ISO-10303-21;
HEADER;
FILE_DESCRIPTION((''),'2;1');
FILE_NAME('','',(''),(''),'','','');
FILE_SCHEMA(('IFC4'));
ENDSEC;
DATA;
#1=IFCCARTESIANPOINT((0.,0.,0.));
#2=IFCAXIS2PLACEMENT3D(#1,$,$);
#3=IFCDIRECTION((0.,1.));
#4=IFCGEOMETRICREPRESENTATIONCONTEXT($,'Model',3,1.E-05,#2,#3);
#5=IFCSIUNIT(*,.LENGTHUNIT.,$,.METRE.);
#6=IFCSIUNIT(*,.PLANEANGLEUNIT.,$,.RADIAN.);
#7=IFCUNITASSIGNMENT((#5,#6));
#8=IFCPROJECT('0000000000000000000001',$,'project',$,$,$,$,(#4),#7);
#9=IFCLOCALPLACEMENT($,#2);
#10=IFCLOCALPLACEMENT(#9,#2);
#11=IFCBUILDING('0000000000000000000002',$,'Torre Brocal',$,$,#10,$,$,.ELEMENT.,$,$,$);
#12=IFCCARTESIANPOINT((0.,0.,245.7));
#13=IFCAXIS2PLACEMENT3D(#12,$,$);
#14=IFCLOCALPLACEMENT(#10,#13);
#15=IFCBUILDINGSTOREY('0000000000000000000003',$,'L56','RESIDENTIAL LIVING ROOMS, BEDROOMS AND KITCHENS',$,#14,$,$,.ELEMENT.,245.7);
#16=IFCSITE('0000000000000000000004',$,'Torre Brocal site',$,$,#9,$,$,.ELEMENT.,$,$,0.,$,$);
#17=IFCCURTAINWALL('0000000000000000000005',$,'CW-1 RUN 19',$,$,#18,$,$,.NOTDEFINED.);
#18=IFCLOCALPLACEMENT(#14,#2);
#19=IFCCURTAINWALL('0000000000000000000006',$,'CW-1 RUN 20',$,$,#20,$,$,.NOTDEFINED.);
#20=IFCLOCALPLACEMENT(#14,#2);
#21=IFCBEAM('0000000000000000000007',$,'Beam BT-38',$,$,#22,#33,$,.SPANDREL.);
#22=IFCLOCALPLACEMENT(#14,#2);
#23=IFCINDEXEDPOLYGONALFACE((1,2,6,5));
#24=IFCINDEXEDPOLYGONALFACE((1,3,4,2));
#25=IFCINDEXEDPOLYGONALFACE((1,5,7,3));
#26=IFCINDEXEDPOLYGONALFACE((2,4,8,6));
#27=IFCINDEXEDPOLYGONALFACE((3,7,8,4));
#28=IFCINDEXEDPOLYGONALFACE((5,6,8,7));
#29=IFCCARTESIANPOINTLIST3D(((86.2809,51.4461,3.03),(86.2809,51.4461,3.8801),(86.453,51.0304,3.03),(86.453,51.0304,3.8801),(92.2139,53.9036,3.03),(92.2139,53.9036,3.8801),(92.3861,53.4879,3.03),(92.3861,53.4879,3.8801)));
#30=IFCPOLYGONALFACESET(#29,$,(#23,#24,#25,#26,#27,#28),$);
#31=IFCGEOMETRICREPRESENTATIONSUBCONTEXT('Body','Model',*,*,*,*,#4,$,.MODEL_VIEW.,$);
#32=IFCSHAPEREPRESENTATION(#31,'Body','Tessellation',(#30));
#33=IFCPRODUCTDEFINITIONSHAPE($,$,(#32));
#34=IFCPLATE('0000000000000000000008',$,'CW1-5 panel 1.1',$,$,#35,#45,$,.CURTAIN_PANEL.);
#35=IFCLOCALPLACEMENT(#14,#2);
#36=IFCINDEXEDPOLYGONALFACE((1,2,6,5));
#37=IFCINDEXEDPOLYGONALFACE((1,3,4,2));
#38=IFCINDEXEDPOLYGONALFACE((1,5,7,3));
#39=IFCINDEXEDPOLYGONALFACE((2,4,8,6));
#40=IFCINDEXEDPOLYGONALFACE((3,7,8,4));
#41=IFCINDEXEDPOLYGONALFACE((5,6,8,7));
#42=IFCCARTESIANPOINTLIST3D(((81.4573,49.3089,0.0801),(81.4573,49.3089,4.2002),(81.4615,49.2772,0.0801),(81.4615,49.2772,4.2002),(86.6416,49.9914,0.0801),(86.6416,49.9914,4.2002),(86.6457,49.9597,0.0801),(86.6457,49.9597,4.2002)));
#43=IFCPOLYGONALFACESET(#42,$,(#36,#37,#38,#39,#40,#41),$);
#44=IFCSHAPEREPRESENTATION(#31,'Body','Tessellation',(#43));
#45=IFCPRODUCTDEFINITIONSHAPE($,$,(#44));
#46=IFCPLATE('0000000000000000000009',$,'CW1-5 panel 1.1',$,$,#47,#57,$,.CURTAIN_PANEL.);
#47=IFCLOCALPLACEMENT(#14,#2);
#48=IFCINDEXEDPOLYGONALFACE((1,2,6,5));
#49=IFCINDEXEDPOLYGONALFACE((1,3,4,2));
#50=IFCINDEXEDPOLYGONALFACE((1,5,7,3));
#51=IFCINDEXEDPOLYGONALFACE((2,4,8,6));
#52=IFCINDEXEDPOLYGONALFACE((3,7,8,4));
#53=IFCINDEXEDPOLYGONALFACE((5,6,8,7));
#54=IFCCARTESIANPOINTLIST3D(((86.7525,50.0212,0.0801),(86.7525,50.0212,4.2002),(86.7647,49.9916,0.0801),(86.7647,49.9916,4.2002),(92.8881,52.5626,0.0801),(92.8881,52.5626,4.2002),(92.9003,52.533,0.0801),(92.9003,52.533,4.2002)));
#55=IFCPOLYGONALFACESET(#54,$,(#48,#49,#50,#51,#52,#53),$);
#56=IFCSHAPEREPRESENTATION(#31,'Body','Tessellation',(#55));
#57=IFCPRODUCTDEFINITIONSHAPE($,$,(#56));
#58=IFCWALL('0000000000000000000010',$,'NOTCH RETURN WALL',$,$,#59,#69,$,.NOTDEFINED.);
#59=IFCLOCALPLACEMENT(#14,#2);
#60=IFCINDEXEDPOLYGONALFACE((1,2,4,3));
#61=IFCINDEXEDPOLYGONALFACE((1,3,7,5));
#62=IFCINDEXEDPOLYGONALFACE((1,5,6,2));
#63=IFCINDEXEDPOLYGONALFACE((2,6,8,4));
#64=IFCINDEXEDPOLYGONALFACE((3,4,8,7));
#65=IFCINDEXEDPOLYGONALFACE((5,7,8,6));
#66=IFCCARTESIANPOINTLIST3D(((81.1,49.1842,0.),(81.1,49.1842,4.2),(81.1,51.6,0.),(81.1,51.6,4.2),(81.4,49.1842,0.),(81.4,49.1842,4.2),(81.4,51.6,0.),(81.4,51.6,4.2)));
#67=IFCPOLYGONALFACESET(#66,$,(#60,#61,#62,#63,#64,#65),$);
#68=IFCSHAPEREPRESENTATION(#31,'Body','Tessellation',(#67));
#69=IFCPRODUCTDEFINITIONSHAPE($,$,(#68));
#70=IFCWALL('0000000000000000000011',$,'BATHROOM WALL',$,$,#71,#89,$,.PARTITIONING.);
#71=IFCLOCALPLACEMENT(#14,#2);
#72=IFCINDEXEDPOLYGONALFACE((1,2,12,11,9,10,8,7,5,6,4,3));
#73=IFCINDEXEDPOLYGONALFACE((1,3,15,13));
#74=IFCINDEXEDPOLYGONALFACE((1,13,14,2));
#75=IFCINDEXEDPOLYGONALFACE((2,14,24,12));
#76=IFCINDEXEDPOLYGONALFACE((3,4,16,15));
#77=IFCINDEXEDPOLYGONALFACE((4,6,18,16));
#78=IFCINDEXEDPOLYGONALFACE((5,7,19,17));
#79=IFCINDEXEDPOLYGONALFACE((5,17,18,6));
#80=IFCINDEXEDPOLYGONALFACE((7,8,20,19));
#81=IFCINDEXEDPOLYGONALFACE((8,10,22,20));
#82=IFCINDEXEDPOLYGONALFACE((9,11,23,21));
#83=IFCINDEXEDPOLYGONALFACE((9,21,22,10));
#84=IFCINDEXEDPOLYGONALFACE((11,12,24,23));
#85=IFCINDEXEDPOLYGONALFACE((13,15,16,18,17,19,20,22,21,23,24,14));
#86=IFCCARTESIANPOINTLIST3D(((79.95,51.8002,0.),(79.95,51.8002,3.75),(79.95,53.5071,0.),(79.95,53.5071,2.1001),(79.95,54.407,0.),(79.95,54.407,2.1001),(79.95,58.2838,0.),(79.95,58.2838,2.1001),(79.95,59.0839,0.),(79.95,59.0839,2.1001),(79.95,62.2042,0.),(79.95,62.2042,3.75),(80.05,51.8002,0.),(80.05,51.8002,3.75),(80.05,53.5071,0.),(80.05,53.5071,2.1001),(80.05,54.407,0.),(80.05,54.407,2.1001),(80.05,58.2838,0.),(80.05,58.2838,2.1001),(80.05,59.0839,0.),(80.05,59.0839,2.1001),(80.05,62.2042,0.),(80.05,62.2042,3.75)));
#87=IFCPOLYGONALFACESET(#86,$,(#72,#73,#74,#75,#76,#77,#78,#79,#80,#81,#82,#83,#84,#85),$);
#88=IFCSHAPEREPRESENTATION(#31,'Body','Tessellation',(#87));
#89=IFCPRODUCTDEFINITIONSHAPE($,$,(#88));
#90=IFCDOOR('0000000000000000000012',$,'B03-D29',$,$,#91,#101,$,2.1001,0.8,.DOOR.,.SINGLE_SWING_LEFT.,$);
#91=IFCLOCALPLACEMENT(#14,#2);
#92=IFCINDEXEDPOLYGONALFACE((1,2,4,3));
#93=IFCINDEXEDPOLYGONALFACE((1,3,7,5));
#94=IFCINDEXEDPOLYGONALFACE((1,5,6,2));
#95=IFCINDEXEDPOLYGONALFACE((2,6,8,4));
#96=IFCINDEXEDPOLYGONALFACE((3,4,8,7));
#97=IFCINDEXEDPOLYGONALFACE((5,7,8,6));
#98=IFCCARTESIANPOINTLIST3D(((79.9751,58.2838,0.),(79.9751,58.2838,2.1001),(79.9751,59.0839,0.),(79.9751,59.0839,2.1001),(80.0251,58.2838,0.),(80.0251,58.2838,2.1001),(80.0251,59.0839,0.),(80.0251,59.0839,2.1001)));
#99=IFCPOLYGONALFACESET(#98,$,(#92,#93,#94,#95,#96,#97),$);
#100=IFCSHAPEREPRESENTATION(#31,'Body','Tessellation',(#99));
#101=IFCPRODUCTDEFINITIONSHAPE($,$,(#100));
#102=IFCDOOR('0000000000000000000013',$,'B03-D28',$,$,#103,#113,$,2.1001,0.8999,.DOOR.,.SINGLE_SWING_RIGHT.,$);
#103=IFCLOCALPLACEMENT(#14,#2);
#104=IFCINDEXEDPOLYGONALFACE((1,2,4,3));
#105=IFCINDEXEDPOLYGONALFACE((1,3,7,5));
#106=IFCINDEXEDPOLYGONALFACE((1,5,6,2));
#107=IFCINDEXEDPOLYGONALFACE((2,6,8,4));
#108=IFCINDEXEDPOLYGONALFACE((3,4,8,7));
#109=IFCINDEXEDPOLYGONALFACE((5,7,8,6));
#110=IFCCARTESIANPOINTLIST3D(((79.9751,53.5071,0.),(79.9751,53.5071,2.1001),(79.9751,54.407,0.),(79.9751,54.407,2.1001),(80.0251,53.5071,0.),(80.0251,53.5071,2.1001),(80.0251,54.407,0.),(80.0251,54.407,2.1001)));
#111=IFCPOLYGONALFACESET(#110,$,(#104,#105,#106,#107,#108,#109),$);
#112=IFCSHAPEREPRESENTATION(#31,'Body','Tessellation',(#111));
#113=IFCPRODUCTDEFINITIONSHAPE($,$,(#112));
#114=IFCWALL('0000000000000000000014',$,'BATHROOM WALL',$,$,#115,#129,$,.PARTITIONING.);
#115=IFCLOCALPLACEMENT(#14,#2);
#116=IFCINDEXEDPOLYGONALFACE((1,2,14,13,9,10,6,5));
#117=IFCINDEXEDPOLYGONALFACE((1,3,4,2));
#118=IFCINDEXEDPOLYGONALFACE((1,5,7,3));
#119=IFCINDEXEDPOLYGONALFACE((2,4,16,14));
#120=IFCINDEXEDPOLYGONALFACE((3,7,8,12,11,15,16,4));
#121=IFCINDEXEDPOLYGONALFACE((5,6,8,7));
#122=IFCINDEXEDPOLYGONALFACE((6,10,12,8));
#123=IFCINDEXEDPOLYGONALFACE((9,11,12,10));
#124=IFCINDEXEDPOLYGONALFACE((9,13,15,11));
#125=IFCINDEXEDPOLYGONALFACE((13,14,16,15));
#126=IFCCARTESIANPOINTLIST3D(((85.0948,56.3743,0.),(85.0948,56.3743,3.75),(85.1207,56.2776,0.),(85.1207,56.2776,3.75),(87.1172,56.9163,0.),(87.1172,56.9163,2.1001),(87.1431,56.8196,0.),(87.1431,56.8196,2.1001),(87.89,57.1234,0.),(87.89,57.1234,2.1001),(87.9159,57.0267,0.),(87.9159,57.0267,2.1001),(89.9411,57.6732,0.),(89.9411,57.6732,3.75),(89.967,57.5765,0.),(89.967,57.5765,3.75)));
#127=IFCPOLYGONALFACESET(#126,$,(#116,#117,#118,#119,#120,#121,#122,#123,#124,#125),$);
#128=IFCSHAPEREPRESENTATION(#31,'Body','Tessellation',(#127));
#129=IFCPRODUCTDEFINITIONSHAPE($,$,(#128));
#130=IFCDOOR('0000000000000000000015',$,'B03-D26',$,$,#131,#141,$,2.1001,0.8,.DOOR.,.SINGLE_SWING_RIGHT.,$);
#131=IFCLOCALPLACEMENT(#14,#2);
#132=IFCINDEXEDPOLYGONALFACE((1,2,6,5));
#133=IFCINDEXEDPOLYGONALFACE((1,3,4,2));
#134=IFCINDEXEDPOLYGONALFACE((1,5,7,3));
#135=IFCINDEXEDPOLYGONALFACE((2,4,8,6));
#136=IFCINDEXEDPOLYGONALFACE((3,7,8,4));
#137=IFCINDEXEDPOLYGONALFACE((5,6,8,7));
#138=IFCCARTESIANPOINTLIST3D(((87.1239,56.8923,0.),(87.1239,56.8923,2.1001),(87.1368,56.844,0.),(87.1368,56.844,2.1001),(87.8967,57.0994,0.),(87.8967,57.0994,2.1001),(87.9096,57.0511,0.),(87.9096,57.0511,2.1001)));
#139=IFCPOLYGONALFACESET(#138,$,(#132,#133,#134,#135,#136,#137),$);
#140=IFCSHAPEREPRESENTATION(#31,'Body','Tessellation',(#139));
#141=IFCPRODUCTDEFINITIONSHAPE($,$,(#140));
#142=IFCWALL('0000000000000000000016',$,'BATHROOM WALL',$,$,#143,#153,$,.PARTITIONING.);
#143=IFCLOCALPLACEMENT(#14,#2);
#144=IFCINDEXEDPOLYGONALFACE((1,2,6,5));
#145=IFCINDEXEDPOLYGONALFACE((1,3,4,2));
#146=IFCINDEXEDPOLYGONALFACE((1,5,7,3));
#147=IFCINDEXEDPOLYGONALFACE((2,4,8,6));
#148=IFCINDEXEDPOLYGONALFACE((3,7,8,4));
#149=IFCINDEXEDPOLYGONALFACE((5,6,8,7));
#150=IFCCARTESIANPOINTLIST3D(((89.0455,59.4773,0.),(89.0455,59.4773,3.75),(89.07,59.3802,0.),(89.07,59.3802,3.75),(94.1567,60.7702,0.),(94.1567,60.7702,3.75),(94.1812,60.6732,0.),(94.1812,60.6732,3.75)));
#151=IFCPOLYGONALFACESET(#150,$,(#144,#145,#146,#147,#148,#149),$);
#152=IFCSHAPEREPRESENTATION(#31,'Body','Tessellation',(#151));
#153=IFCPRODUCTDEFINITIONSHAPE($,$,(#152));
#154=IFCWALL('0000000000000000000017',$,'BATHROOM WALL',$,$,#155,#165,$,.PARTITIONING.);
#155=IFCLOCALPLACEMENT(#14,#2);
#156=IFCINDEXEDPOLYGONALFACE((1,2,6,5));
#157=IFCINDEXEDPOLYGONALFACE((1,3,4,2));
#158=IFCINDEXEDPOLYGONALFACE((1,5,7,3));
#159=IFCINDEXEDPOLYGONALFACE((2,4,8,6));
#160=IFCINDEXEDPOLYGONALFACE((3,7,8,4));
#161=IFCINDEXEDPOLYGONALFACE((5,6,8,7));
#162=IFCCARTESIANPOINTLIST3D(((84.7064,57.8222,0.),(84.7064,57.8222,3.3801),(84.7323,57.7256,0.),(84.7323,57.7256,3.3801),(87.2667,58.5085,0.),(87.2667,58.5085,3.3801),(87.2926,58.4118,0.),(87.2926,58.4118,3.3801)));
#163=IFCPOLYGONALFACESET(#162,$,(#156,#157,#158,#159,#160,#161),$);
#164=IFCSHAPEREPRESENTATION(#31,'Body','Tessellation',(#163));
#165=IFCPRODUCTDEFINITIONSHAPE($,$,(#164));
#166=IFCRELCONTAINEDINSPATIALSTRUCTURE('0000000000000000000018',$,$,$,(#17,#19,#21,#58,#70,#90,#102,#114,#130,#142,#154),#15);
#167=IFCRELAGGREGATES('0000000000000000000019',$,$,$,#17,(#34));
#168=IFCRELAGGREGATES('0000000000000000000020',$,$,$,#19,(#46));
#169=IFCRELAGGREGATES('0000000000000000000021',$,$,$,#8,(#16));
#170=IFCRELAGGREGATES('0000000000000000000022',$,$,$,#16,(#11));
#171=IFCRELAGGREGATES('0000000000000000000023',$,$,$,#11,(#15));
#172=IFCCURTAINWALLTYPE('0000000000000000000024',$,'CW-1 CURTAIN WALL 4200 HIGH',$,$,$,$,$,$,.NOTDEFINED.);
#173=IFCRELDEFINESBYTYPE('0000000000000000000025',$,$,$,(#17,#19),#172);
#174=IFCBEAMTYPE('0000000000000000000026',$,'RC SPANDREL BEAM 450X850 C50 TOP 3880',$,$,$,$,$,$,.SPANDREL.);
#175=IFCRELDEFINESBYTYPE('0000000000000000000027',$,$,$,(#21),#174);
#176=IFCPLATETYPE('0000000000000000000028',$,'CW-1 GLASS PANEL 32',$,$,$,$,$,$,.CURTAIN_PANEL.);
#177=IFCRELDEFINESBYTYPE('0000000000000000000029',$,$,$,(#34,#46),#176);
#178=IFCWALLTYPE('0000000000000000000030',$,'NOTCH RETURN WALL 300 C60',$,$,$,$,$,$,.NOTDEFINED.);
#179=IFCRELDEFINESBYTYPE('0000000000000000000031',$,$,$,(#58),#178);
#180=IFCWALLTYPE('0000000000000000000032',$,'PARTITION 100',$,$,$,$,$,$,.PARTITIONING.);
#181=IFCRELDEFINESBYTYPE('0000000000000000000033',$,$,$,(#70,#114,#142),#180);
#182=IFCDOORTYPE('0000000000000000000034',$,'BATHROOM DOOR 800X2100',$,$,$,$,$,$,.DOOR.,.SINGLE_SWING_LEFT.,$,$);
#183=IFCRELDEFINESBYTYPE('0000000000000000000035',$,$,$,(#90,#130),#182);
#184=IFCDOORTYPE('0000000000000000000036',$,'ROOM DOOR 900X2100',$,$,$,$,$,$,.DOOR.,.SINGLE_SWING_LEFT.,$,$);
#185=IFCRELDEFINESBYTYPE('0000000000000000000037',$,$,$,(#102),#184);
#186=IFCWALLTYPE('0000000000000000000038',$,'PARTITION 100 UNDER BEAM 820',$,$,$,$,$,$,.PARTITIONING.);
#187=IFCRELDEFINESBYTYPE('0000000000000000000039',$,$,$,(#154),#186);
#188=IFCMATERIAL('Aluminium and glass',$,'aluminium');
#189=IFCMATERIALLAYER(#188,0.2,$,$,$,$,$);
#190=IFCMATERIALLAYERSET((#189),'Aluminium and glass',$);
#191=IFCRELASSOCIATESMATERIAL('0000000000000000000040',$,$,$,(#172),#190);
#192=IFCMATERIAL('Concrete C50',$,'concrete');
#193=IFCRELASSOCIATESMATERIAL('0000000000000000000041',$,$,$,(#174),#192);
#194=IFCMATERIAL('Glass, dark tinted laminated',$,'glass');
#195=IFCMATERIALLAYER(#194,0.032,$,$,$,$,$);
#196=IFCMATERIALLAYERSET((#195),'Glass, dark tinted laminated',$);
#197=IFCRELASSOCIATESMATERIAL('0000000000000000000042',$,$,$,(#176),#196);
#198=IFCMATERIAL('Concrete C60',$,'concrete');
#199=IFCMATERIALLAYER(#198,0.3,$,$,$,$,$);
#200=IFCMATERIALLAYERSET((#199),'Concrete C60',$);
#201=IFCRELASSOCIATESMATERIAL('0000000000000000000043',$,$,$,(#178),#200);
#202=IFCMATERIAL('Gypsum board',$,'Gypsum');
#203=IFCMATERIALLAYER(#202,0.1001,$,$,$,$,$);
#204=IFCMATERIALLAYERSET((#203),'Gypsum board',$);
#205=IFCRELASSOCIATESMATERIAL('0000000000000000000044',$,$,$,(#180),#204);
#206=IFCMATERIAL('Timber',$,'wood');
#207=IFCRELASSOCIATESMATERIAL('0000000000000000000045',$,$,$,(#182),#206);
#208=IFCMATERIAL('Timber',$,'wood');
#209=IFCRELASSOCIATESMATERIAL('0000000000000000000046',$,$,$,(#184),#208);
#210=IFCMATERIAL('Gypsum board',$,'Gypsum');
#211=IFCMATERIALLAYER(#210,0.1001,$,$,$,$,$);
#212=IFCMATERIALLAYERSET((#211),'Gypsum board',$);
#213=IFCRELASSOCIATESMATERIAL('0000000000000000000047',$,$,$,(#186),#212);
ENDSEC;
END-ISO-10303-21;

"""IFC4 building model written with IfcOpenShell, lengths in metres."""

from ifc_helpers import new_model, si_unit, direction, frame, frame_2d, origin, origin_2d, place, context, subcontext, project, spatial, rectangle, extrude, material, layer, layer_set, material_profile, profile_set, type_object, element, fill, aggregate, save


model = new_model("IFC4")

# Units and contexts
model_context = context("Model", 3, precision=1e-05, world=origin(), true_north=direction((0.0, 1.0)))
body_context = subcontext(model_context, "Body", "Model", "MODEL_VIEW")
ifc_project = project(units=[si_unit("LENGTHUNIT", "METRE"), si_unit("PLANEANGLEUNIT", "RADIAN")], contexts=[model_context])

# Site, building, storey
site_placement = place(None, origin())
site = spatial("IfcSite", under=ifc_project, at=site_placement, Name="Torre Brocal site", CompositionType="ELEMENT", RefElevation=0.0)
building_placement = place(site_placement, origin())
building = spatial("IfcBuilding", under=site, at=building_placement, Name="Torre Brocal", CompositionType="ELEMENT")
storey_placement = place(building_placement, frame((0.0, 0.0, 245.7)))
storey = spatial("IfcBuildingStorey", under=building, at=storey_placement, Name="L56", Description="RESIDENTIAL LIVING ROOMS, BEDROOMS AND KITCHENS", CompositionType="ELEMENT", Elevation=245.7)

# Curtain wall
ifc_material_1 = material(Name="Aluminium and glass", Category="aluminium")
ifc_layer_1 = layer(ifc_material_1, 0.2)
ifc_layer_set_1 = layer_set([ifc_layer_1], Name="Aluminium and glass")
curtain_wall_type = type_object("IfcCurtainWallType", Name="CW-1 CURTAIN WALL 4200 HIGH", PredefinedType="NOTDEFINED", material=ifc_layer_set_1)
curtain_wall_1_placement = place(storey_placement, origin())
curtain_wall_1 = element("IfcCurtainWall", 1, at=curtain_wall_1_placement, inside=storey, type_object=curtain_wall_type, Name="CW-1 RUN 19", PredefinedType="NOTDEFINED")

# Curtain wall
curtain_wall_2_placement = place(storey_placement, origin())
curtain_wall_2 = element("IfcCurtainWall", 2, at=curtain_wall_2_placement, inside=storey, type_object=curtain_wall_type, Name="CW-1 RUN 20", PredefinedType="NOTDEFINED")

# Beam
ifc_material_2 = material(Name="Concrete C50", Category="concrete")
ifc_material_profile_1 = material_profile(ifc_material_2, rectangle(XDim=0.45, YDim=0.8501, at=origin_2d()), Name="RC 450X850")
ifc_profile_set_1 = profile_set([ifc_material_profile_1], Name="Concrete C50")
beam_type_1 = type_object("IfcBeamType", Name="RC SPANDREL BEAM 450X850 C50 TOP 3880", PredefinedType="SPANDREL", material=ifc_profile_set_1)
beam_1_placement = place(storey_placement, frame((86.3669, 51.2383, 3.4551), z_axis=(0.923882, 0.382676, 0.0), x_axis=(-0.382676, 0.923882, 0.0)))
element("IfcBeam", 3, at=beam_1_placement, inside=storey, type_object=beam_type_1, Name="Beam BT-38", PredefinedType="SPANDREL", context=body_context, shape_type="SweptSolid", body=[
    extrude(rectangle(XDim=0.45, YDim=0.8501, at=origin_2d()), origin(), (0.0, 0.0, 1.0), 6.4219),
])

# Plates
ifc_material_3 = material(Name="Glass, dark tinted laminated", Category="glass")
ifc_layer_2 = layer(ifc_material_3, 0.032)
ifc_layer_set_2 = layer_set([ifc_layer_2], Name="Glass, dark tinted laminated")
plate_type = type_object("IfcPlateType", Name="CW-1 GLASS PANEL 32", PredefinedType="CURTAIN_PANEL", material=ifc_layer_set_2)
plate_1_placement = place(storey_placement, frame((84.0515, 49.6343, 0.0801), z_axis=(0.0, 0.0, 1.0), x_axis=(0.991445, 0.130526, 0.0)))
plate_1 = element("IfcPlate", 4, at=plate_1_placement, type_object=plate_type, Name="CW1-5 panel 1.1", PredefinedType="CURTAIN_PANEL", context=body_context, shape_type="SweptSolid", body=[
    extrude(rectangle(XDim=5.229, YDim=0.032, at=origin_2d()), origin(), (0.0, 0.0, 1.0), 4.1201),
])
aggregate(curtain_wall_1, [plate_1])
plate_2_placement = place(storey_placement, frame((89.8264, 51.2771, 0.0801), z_axis=(0.0, 0.0, 1.0), x_axis=(0.92388, 0.382683, 0.0)))
plate_2 = element("IfcPlate", 5, at=plate_2_placement, type_object=plate_type, Name="CW1-5 panel 1.1", PredefinedType="CURTAIN_PANEL", context=body_context, shape_type="SweptSolid", body=[
    extrude(rectangle(XDim=6.6411, YDim=0.032, at=origin_2d()), origin(), (0.0, 0.0, 1.0), 4.1201),
])
aggregate(curtain_wall_2, [plate_2])

# Wall
ifc_material_4 = material(Name="Concrete C60", Category="concrete")
ifc_layer_3 = layer(ifc_material_4, 0.3)
ifc_layer_set_3 = layer_set([ifc_layer_3], Name="Concrete C60")
wall_type_1 = type_object("IfcWallType", Name="NOTCH RETURN WALL 300 C60", PredefinedType="NOTDEFINED", material=ifc_layer_set_3)
wall_1_placement = place(storey_placement, frame((81.25, 51.6001, 0.0), z_axis=(0.0, 0.0, 1.0), x_axis=(0.0, -1.0, 0.0)))
element("IfcWall", 6, at=wall_1_placement, inside=storey, type_object=wall_type_1, Name="NOTCH RETURN WALL", PredefinedType="NOTDEFINED", context=body_context, shape_type="SweptSolid", body=[
    extrude(rectangle(XDim=2.4158, YDim=0.3, at=frame_2d((1.208, 0.0))), origin(), (0.0, 0.0, 1.0), 4.2),
])

# Wall, openings, doors
ifc_material_5 = material(Name="Gypsum board", Category="Gypsum")
ifc_layer_4 = layer(ifc_material_5, 0.1001)
ifc_layer_set_4 = layer_set([ifc_layer_4], Name="Gypsum board")
wall_type_2 = type_object("IfcWallType", Name="PARTITION 100", PredefinedType="PARTITIONING", material=ifc_layer_set_4)
wall_2_placement = place(storey_placement, frame((80.0, 51.8, 0.0), z_axis=(0.0, 0.0, 1.0), x_axis=(0.0, 1.0, 0.0)))
wall_2 = element("IfcWall", 7, at=wall_2_placement, inside=storey, type_object=wall_type_2, Name="BATHROOM WALL", PredefinedType="PARTITIONING", context=body_context, shape_type="SweptSolid", body=[
    extrude(rectangle(XDim=10.4041, YDim=0.1001, at=frame_2d((5.2021, 0.0))), origin(), (0.0, 0.0, 1.0), 3.75),
])
opening_1_placement = place(wall_2_placement, frame((1.707, 0.0, 0.0)))
opening_1 = element("IfcOpeningElement", 8, at=opening_1_placement, cuts=wall_2, PredefinedType="OPENING", context=body_context, shape_type="SweptSolid", body=[
    extrude(rectangle(XDim=0.8999, YDim=2.1001, at=frame_2d((0.45, 1.05))), frame((0.0, 0.0601, 0.0), z_axis=(0.0, -1.0, 0.0), x_axis=(1.0, 0.0, 0.0)), (0.0, 0.0, 1.0), 0.1201),
])
opening_2_placement = place(wall_2_placement, frame((6.4839, 0.0, 0.0)))
opening_2 = element("IfcOpeningElement", 9, at=opening_2_placement, cuts=wall_2, PredefinedType="OPENING", context=body_context, shape_type="SweptSolid", body=[
    extrude(rectangle(XDim=0.8, YDim=2.1001, at=frame_2d((0.3999, 1.05))), frame((0.0, 0.0601, 0.0), z_axis=(0.0, -1.0, 0.0), x_axis=(1.0, 0.0, 0.0)), (0.0, 0.0, 1.0), 0.1201),
])
ifc_material_6 = material(Name="Timber", Category="wood")
door_type_1 = type_object("IfcDoorType", Name="BATHROOM DOOR 800X2100", OperationType="SINGLE_SWING_LEFT", PredefinedType="DOOR", material=ifc_material_6)
door_1_placement = place(opening_2_placement, origin())
door_1 = element("IfcDoor", 10, at=door_1_placement, inside=storey, type_object=door_type_1, Name="B03-D29", OperationType="SINGLE_SWING_LEFT", OverallHeight=2.1001, OverallWidth=0.8, PredefinedType="DOOR", context=body_context, shape_type="SweptSolid", body=[
    extrude(rectangle(XDim=0.8, YDim=2.1001, at=frame_2d((0.3999, 1.05))), frame((0.0, 0.0249, 0.0), z_axis=(0.0, -1.0, 0.0), x_axis=(1.0, 0.0, 0.0)), (0.0, 0.0, 1.0), 0.05),
])
fill(opening_2, door_1)
ifc_material_7 = material(Name="Timber", Category="wood")
door_type_2 = type_object("IfcDoorType", Name="ROOM DOOR 900X2100", OperationType="SINGLE_SWING_LEFT", PredefinedType="DOOR", material=ifc_material_7)
door_2_placement = place(opening_1_placement, origin())
door_2 = element("IfcDoor", 11, at=door_2_placement, inside=storey, type_object=door_type_2, Name="B03-D28", OperationType="SINGLE_SWING_RIGHT", OverallHeight=2.1001, OverallWidth=0.8999, PredefinedType="DOOR", context=body_context, shape_type="SweptSolid", body=[
    extrude(rectangle(XDim=0.8999, YDim=2.1001, at=frame_2d((0.45, 1.05))), frame((0.0, 0.0249, 0.0), z_axis=(0.0, -1.0, 0.0), x_axis=(1.0, 0.0, 0.0)), (0.0, 0.0, 1.0), 0.05),
])
fill(opening_1, door_2)

# Wall, opening, door
wall_3_placement = place(storey_placement, frame((85.1077, 56.3259, 0.0), z_axis=(0.0, 0.0, 1.0), x_axis=(0.965911, 0.258874, 0.0)))
wall_3 = element("IfcWall", 12, at=wall_3_placement, inside=storey, type_object=wall_type_2, Name="BATHROOM WALL", PredefinedType="PARTITIONING", context=body_context, shape_type="SweptSolid", body=[
    extrude(rectangle(XDim=5.0173, YDim=0.1001, at=frame_2d((2.5088, 0.0))), origin(), (0.0, 0.0, 1.0), 3.75),
])
opening_3_placement = place(wall_3_placement, frame((2.094, 0.0, 0.0)))
opening_3 = element("IfcOpeningElement", 13, at=opening_3_placement, cuts=wall_3, PredefinedType="OPENING", context=body_context, shape_type="SweptSolid", body=[
    extrude(rectangle(XDim=0.8, YDim=2.1001, at=frame_2d((0.3999, 1.05))), frame((0.0, 0.0601, 0.0), z_axis=(0.0, -1.0, 0.0), x_axis=(1.0, 0.0, 0.0)), (0.0, 0.0, 1.0), 0.1201),
])
door_3_placement = place(opening_3_placement, frame((0.8, 0.0, 0.0), z_axis=(0.0, 0.0, 1.0), x_axis=(-1.0, 0.0, 0.0)))
door_3 = element("IfcDoor", 14, at=door_3_placement, inside=storey, type_object=door_type_1, Name="B03-D26", OperationType="SINGLE_SWING_RIGHT", OverallHeight=2.1001, OverallWidth=0.8, PredefinedType="DOOR", context=body_context, shape_type="SweptSolid", body=[
    extrude(rectangle(XDim=0.8, YDim=2.1001, at=frame_2d((0.3999, 1.05))), frame((0.0, 0.0249, 0.0), z_axis=(0.0, -1.0, 0.0), x_axis=(1.0, 0.0, 0.0)), (0.0, 0.0, 1.0), 0.05),
])
fill(opening_3, door_3)

# Walls
wall_4_placement = place(storey_placement, frame((89.0576, 59.4287, 0.0), z_axis=(0.0, 0.0, 1.0), x_axis=(0.969463, 0.245237, 0.0)))
element("IfcWall", 15, at=wall_4_placement, inside=storey, type_object=wall_type_2, Name="BATHROOM WALL", PredefinedType="PARTITIONING", context=body_context, shape_type="SweptSolid", body=[
    extrude(rectangle(XDim=5.2722, YDim=0.1001, at=frame_2d((2.6362, 0.0))), origin(), (0.0, 0.0, 1.0), 3.75),
])
ifc_material_8 = material(Name="Gypsum board", Category="Gypsum")
ifc_layer_5 = layer(ifc_material_8, 0.1001)
ifc_layer_set_5 = layer_set([ifc_layer_5], Name="Gypsum board")
wall_type_3 = type_object("IfcWallType", Name="PARTITION 100 UNDER BEAM 820", PredefinedType="PARTITIONING", material=ifc_layer_set_5)
wall_5_placement = place(storey_placement, frame((84.7195, 57.7739, 0.0), z_axis=(0.0, 0.0, 1.0), x_axis=(0.965902, 0.258906, 0.0)))
element("IfcWall", 16, at=wall_5_placement, inside=storey, type_object=wall_type_3, Name="BATHROOM WALL", PredefinedType="PARTITIONING", context=body_context, shape_type="SweptSolid", body=[
    extrude(rectangle(XDim=2.6506, YDim=0.1001, at=frame_2d((1.3252, 0.0))), origin(), (0.0, 0.0, 1.0), 3.3801),
])

save(model, "model.ifc")
